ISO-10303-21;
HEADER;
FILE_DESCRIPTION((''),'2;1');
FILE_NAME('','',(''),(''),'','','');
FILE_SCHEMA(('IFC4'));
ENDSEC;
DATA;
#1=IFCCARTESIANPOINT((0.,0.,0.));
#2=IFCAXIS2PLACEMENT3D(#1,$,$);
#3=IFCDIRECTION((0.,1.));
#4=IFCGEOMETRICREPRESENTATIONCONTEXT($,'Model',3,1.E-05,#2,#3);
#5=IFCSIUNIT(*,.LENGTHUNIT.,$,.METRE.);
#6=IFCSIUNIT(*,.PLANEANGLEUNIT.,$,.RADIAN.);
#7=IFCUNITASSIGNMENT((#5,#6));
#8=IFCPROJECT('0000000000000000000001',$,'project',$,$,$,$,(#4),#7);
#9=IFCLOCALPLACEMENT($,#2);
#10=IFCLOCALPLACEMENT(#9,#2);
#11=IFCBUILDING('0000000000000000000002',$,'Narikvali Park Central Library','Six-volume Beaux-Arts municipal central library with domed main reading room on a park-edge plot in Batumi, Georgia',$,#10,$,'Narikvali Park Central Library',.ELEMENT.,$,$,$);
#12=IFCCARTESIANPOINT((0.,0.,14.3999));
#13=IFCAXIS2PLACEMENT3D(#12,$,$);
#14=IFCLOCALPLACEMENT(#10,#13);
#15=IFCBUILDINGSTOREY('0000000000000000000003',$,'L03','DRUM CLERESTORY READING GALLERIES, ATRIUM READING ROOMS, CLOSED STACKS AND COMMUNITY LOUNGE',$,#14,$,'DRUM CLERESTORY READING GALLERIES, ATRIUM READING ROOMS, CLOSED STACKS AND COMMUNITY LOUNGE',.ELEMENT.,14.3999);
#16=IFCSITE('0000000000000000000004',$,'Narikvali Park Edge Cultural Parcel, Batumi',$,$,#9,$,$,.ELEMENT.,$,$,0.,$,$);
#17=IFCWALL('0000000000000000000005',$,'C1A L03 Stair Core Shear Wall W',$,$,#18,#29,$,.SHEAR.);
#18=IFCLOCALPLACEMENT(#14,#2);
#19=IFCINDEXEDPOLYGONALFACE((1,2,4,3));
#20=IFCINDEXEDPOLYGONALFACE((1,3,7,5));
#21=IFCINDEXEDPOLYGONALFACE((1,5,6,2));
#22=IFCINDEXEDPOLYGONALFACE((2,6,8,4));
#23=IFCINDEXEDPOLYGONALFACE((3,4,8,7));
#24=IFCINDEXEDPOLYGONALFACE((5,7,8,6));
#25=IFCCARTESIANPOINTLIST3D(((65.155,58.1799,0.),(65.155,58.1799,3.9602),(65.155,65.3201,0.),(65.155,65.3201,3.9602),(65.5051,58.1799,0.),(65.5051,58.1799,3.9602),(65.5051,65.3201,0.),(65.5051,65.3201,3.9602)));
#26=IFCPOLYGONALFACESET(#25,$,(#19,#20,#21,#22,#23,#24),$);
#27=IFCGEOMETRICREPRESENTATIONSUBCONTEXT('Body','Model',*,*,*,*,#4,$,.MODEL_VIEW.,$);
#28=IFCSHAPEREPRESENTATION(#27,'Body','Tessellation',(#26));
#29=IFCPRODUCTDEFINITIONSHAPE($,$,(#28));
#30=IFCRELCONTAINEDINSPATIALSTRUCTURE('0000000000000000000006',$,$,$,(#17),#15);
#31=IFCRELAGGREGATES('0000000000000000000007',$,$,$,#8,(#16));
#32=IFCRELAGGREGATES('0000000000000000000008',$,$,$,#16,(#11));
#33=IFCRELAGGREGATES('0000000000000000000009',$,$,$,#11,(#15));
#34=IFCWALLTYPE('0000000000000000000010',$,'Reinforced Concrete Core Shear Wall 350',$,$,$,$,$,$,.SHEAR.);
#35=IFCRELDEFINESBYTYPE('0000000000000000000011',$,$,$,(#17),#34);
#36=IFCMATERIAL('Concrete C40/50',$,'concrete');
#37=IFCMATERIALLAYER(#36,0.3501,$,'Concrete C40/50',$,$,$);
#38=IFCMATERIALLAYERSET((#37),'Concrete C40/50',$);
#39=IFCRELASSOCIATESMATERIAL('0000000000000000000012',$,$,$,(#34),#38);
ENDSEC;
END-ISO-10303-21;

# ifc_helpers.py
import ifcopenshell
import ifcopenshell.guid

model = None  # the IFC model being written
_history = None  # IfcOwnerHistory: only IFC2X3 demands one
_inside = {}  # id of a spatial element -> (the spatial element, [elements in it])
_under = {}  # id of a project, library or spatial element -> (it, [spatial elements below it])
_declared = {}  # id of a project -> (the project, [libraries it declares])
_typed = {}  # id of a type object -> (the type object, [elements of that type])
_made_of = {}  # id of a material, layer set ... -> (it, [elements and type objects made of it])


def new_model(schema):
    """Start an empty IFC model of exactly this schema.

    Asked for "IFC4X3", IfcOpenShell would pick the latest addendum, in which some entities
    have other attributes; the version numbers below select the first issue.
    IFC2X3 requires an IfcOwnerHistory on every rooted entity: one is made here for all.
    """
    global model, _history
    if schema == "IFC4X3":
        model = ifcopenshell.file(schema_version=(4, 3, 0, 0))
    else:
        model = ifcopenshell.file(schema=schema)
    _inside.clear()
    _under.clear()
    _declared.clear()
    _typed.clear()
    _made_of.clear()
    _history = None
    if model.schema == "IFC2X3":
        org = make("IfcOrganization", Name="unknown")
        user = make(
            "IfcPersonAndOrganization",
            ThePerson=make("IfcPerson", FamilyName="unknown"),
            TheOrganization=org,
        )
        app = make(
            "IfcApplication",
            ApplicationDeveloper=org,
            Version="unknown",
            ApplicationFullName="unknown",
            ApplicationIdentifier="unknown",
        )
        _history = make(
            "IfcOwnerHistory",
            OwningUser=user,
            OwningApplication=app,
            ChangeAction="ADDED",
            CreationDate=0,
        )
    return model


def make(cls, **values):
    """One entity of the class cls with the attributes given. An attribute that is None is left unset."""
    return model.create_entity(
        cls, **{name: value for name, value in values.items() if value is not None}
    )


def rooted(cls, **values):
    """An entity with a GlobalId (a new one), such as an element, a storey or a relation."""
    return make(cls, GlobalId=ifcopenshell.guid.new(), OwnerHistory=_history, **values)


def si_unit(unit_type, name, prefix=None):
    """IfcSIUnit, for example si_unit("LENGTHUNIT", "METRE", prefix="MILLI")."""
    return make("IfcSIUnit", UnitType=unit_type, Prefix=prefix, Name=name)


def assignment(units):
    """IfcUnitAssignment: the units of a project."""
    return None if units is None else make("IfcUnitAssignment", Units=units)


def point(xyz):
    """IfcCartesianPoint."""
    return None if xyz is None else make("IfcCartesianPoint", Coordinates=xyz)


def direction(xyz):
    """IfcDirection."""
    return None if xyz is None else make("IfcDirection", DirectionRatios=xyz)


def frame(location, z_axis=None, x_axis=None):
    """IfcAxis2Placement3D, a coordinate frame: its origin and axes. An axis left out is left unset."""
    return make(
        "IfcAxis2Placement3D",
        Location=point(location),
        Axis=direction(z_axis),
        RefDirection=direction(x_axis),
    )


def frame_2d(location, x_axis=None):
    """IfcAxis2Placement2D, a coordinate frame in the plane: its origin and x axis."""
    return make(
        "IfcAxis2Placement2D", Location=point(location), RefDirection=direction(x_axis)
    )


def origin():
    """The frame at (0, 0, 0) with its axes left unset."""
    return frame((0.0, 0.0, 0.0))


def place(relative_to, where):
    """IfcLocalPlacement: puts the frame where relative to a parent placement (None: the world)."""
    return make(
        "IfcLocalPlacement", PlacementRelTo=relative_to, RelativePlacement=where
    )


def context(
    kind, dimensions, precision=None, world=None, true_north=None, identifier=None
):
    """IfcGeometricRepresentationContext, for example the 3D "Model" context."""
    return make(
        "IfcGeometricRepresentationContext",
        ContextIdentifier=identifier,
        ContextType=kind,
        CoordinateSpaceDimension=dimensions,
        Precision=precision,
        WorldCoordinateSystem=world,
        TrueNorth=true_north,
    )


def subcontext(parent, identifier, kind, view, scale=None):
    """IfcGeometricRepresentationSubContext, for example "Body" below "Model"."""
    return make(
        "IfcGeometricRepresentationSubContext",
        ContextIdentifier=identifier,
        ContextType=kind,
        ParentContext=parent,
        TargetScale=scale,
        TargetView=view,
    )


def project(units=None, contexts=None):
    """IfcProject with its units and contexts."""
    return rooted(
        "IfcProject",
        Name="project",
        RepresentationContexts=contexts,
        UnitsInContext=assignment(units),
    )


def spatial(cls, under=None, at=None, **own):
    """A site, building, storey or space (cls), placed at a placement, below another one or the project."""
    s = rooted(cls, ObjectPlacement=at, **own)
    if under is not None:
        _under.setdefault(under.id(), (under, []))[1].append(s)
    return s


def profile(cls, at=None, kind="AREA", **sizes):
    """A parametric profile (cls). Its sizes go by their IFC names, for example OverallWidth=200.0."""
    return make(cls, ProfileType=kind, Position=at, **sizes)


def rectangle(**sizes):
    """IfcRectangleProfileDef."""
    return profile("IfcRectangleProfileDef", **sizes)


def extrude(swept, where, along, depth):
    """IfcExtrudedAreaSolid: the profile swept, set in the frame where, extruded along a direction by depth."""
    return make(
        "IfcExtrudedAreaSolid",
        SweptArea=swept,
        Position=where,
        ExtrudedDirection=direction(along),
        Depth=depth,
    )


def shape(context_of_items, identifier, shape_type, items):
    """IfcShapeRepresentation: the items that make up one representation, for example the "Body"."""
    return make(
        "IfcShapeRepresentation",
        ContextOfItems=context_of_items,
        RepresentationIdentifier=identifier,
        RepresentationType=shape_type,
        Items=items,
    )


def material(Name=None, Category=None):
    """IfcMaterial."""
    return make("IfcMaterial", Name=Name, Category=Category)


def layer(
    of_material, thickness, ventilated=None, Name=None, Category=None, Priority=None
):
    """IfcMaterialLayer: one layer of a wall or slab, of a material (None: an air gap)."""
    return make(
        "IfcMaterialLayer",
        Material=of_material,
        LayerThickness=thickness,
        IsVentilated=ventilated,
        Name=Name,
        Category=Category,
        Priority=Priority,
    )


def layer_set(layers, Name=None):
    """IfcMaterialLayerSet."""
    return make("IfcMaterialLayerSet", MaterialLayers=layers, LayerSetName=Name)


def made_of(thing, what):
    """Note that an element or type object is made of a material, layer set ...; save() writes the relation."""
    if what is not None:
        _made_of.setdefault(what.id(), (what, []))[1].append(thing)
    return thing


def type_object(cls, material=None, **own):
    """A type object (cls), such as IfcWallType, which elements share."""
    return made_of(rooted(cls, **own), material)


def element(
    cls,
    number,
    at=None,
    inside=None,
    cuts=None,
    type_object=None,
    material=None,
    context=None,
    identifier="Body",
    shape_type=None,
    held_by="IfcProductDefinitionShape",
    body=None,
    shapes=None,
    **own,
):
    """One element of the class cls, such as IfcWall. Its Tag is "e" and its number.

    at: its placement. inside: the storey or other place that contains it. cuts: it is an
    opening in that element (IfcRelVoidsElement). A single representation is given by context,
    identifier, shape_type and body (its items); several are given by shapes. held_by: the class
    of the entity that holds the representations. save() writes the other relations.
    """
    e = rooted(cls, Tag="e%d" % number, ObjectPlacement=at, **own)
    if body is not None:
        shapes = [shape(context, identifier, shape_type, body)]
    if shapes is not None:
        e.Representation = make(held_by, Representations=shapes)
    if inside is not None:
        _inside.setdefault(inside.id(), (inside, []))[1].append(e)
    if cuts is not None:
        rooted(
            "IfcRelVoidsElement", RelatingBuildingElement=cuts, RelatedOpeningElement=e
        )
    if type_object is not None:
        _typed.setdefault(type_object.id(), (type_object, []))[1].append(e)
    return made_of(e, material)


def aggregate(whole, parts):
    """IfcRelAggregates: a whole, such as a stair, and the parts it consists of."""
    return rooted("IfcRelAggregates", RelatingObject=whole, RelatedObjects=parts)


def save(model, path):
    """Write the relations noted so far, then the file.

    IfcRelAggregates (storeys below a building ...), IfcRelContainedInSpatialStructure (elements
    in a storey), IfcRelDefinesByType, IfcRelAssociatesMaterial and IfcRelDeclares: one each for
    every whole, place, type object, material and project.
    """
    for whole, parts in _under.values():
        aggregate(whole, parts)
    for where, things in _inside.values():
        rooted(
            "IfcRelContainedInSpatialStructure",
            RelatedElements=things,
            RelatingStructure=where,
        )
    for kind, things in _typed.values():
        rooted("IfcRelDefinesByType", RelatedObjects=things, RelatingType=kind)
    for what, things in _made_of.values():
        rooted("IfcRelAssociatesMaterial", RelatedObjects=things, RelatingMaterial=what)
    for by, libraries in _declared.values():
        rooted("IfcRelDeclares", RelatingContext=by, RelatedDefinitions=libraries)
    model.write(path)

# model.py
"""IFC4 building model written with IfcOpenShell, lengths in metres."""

from ifc_helpers import new_model, si_unit, direction, frame, frame_2d, origin, place, context, subcontext, project, spatial, rectangle, extrude, material, layer, layer_set, type_object, element, save


model = new_model("IFC4")

# Units and contexts
model_context = context("Model", 3, precision=1e-05, world=origin(), true_north=direction((0.0, 1.0)))
body_context = subcontext(model_context, "Body", "Model", "MODEL_VIEW")
ifc_project = project(units=[si_unit("LENGTHUNIT", "METRE"), si_unit("PLANEANGLEUNIT", "RADIAN")], contexts=[model_context])

# Site, building, storey
site_placement = place(None, origin())
site = spatial("IfcSite", under=ifc_project, at=site_placement, Name="Narikvali Park Edge Cultural Parcel, Batumi", CompositionType="ELEMENT", RefElevation=0.0)
building_placement = place(site_placement, origin())
building = spatial("IfcBuilding", under=site, at=building_placement, Name="Narikvali Park Central Library", Description="Six-volume Beaux-Arts municipal central library with domed main reading room on a park-edge plot in Batumi, Georgia", LongName="Narikvali Park Central Library", CompositionType="ELEMENT")
storey_placement = place(building_placement, frame((0.0, 0.0, 14.3999)))
storey = spatial("IfcBuildingStorey", under=building, at=storey_placement, Name="L03", Description="DRUM CLERESTORY READING GALLERIES, ATRIUM READING ROOMS, CLOSED STACKS AND COMMUNITY LOUNGE", LongName="DRUM CLERESTORY READING GALLERIES, ATRIUM READING ROOMS, CLOSED STACKS AND COMMUNITY LOUNGE", CompositionType="ELEMENT", Elevation=14.3999)

# Shared definitions
ifc_material_1 = material(Name="Concrete C40/50", Category="concrete")
ifc_layer_1 = layer(ifc_material_1, 0.3501, Name="Concrete C40/50")
ifc_layer_set_1 = layer_set([ifc_layer_1], Name="Concrete C40/50")
wall_type = type_object("IfcWallType", Name="Reinforced Concrete Core Shear Wall 350", PredefinedType="SHEAR", material=ifc_layer_set_1)

# Wall
wall_1_placement = place(storey_placement, frame((65.3301, 65.3201, 0.0), z_axis=(0.0, 0.0, 1.0), x_axis=(0.0, -1.0, 0.0)))
element("IfcWall", 1, at=wall_1_placement, inside=storey, type_object=wall_type, Name="C1A L03 Stair Core Shear Wall W", PredefinedType="SHEAR", context=body_context, shape_type="SweptSolid", body=[
    extrude(rectangle(XDim=7.1401, YDim=0.3501, at=frame_2d((3.5701, 0.0))), origin(), (0.0, 0.0, 1.0), 3.9602),
])

save(model, "model.ifc")
